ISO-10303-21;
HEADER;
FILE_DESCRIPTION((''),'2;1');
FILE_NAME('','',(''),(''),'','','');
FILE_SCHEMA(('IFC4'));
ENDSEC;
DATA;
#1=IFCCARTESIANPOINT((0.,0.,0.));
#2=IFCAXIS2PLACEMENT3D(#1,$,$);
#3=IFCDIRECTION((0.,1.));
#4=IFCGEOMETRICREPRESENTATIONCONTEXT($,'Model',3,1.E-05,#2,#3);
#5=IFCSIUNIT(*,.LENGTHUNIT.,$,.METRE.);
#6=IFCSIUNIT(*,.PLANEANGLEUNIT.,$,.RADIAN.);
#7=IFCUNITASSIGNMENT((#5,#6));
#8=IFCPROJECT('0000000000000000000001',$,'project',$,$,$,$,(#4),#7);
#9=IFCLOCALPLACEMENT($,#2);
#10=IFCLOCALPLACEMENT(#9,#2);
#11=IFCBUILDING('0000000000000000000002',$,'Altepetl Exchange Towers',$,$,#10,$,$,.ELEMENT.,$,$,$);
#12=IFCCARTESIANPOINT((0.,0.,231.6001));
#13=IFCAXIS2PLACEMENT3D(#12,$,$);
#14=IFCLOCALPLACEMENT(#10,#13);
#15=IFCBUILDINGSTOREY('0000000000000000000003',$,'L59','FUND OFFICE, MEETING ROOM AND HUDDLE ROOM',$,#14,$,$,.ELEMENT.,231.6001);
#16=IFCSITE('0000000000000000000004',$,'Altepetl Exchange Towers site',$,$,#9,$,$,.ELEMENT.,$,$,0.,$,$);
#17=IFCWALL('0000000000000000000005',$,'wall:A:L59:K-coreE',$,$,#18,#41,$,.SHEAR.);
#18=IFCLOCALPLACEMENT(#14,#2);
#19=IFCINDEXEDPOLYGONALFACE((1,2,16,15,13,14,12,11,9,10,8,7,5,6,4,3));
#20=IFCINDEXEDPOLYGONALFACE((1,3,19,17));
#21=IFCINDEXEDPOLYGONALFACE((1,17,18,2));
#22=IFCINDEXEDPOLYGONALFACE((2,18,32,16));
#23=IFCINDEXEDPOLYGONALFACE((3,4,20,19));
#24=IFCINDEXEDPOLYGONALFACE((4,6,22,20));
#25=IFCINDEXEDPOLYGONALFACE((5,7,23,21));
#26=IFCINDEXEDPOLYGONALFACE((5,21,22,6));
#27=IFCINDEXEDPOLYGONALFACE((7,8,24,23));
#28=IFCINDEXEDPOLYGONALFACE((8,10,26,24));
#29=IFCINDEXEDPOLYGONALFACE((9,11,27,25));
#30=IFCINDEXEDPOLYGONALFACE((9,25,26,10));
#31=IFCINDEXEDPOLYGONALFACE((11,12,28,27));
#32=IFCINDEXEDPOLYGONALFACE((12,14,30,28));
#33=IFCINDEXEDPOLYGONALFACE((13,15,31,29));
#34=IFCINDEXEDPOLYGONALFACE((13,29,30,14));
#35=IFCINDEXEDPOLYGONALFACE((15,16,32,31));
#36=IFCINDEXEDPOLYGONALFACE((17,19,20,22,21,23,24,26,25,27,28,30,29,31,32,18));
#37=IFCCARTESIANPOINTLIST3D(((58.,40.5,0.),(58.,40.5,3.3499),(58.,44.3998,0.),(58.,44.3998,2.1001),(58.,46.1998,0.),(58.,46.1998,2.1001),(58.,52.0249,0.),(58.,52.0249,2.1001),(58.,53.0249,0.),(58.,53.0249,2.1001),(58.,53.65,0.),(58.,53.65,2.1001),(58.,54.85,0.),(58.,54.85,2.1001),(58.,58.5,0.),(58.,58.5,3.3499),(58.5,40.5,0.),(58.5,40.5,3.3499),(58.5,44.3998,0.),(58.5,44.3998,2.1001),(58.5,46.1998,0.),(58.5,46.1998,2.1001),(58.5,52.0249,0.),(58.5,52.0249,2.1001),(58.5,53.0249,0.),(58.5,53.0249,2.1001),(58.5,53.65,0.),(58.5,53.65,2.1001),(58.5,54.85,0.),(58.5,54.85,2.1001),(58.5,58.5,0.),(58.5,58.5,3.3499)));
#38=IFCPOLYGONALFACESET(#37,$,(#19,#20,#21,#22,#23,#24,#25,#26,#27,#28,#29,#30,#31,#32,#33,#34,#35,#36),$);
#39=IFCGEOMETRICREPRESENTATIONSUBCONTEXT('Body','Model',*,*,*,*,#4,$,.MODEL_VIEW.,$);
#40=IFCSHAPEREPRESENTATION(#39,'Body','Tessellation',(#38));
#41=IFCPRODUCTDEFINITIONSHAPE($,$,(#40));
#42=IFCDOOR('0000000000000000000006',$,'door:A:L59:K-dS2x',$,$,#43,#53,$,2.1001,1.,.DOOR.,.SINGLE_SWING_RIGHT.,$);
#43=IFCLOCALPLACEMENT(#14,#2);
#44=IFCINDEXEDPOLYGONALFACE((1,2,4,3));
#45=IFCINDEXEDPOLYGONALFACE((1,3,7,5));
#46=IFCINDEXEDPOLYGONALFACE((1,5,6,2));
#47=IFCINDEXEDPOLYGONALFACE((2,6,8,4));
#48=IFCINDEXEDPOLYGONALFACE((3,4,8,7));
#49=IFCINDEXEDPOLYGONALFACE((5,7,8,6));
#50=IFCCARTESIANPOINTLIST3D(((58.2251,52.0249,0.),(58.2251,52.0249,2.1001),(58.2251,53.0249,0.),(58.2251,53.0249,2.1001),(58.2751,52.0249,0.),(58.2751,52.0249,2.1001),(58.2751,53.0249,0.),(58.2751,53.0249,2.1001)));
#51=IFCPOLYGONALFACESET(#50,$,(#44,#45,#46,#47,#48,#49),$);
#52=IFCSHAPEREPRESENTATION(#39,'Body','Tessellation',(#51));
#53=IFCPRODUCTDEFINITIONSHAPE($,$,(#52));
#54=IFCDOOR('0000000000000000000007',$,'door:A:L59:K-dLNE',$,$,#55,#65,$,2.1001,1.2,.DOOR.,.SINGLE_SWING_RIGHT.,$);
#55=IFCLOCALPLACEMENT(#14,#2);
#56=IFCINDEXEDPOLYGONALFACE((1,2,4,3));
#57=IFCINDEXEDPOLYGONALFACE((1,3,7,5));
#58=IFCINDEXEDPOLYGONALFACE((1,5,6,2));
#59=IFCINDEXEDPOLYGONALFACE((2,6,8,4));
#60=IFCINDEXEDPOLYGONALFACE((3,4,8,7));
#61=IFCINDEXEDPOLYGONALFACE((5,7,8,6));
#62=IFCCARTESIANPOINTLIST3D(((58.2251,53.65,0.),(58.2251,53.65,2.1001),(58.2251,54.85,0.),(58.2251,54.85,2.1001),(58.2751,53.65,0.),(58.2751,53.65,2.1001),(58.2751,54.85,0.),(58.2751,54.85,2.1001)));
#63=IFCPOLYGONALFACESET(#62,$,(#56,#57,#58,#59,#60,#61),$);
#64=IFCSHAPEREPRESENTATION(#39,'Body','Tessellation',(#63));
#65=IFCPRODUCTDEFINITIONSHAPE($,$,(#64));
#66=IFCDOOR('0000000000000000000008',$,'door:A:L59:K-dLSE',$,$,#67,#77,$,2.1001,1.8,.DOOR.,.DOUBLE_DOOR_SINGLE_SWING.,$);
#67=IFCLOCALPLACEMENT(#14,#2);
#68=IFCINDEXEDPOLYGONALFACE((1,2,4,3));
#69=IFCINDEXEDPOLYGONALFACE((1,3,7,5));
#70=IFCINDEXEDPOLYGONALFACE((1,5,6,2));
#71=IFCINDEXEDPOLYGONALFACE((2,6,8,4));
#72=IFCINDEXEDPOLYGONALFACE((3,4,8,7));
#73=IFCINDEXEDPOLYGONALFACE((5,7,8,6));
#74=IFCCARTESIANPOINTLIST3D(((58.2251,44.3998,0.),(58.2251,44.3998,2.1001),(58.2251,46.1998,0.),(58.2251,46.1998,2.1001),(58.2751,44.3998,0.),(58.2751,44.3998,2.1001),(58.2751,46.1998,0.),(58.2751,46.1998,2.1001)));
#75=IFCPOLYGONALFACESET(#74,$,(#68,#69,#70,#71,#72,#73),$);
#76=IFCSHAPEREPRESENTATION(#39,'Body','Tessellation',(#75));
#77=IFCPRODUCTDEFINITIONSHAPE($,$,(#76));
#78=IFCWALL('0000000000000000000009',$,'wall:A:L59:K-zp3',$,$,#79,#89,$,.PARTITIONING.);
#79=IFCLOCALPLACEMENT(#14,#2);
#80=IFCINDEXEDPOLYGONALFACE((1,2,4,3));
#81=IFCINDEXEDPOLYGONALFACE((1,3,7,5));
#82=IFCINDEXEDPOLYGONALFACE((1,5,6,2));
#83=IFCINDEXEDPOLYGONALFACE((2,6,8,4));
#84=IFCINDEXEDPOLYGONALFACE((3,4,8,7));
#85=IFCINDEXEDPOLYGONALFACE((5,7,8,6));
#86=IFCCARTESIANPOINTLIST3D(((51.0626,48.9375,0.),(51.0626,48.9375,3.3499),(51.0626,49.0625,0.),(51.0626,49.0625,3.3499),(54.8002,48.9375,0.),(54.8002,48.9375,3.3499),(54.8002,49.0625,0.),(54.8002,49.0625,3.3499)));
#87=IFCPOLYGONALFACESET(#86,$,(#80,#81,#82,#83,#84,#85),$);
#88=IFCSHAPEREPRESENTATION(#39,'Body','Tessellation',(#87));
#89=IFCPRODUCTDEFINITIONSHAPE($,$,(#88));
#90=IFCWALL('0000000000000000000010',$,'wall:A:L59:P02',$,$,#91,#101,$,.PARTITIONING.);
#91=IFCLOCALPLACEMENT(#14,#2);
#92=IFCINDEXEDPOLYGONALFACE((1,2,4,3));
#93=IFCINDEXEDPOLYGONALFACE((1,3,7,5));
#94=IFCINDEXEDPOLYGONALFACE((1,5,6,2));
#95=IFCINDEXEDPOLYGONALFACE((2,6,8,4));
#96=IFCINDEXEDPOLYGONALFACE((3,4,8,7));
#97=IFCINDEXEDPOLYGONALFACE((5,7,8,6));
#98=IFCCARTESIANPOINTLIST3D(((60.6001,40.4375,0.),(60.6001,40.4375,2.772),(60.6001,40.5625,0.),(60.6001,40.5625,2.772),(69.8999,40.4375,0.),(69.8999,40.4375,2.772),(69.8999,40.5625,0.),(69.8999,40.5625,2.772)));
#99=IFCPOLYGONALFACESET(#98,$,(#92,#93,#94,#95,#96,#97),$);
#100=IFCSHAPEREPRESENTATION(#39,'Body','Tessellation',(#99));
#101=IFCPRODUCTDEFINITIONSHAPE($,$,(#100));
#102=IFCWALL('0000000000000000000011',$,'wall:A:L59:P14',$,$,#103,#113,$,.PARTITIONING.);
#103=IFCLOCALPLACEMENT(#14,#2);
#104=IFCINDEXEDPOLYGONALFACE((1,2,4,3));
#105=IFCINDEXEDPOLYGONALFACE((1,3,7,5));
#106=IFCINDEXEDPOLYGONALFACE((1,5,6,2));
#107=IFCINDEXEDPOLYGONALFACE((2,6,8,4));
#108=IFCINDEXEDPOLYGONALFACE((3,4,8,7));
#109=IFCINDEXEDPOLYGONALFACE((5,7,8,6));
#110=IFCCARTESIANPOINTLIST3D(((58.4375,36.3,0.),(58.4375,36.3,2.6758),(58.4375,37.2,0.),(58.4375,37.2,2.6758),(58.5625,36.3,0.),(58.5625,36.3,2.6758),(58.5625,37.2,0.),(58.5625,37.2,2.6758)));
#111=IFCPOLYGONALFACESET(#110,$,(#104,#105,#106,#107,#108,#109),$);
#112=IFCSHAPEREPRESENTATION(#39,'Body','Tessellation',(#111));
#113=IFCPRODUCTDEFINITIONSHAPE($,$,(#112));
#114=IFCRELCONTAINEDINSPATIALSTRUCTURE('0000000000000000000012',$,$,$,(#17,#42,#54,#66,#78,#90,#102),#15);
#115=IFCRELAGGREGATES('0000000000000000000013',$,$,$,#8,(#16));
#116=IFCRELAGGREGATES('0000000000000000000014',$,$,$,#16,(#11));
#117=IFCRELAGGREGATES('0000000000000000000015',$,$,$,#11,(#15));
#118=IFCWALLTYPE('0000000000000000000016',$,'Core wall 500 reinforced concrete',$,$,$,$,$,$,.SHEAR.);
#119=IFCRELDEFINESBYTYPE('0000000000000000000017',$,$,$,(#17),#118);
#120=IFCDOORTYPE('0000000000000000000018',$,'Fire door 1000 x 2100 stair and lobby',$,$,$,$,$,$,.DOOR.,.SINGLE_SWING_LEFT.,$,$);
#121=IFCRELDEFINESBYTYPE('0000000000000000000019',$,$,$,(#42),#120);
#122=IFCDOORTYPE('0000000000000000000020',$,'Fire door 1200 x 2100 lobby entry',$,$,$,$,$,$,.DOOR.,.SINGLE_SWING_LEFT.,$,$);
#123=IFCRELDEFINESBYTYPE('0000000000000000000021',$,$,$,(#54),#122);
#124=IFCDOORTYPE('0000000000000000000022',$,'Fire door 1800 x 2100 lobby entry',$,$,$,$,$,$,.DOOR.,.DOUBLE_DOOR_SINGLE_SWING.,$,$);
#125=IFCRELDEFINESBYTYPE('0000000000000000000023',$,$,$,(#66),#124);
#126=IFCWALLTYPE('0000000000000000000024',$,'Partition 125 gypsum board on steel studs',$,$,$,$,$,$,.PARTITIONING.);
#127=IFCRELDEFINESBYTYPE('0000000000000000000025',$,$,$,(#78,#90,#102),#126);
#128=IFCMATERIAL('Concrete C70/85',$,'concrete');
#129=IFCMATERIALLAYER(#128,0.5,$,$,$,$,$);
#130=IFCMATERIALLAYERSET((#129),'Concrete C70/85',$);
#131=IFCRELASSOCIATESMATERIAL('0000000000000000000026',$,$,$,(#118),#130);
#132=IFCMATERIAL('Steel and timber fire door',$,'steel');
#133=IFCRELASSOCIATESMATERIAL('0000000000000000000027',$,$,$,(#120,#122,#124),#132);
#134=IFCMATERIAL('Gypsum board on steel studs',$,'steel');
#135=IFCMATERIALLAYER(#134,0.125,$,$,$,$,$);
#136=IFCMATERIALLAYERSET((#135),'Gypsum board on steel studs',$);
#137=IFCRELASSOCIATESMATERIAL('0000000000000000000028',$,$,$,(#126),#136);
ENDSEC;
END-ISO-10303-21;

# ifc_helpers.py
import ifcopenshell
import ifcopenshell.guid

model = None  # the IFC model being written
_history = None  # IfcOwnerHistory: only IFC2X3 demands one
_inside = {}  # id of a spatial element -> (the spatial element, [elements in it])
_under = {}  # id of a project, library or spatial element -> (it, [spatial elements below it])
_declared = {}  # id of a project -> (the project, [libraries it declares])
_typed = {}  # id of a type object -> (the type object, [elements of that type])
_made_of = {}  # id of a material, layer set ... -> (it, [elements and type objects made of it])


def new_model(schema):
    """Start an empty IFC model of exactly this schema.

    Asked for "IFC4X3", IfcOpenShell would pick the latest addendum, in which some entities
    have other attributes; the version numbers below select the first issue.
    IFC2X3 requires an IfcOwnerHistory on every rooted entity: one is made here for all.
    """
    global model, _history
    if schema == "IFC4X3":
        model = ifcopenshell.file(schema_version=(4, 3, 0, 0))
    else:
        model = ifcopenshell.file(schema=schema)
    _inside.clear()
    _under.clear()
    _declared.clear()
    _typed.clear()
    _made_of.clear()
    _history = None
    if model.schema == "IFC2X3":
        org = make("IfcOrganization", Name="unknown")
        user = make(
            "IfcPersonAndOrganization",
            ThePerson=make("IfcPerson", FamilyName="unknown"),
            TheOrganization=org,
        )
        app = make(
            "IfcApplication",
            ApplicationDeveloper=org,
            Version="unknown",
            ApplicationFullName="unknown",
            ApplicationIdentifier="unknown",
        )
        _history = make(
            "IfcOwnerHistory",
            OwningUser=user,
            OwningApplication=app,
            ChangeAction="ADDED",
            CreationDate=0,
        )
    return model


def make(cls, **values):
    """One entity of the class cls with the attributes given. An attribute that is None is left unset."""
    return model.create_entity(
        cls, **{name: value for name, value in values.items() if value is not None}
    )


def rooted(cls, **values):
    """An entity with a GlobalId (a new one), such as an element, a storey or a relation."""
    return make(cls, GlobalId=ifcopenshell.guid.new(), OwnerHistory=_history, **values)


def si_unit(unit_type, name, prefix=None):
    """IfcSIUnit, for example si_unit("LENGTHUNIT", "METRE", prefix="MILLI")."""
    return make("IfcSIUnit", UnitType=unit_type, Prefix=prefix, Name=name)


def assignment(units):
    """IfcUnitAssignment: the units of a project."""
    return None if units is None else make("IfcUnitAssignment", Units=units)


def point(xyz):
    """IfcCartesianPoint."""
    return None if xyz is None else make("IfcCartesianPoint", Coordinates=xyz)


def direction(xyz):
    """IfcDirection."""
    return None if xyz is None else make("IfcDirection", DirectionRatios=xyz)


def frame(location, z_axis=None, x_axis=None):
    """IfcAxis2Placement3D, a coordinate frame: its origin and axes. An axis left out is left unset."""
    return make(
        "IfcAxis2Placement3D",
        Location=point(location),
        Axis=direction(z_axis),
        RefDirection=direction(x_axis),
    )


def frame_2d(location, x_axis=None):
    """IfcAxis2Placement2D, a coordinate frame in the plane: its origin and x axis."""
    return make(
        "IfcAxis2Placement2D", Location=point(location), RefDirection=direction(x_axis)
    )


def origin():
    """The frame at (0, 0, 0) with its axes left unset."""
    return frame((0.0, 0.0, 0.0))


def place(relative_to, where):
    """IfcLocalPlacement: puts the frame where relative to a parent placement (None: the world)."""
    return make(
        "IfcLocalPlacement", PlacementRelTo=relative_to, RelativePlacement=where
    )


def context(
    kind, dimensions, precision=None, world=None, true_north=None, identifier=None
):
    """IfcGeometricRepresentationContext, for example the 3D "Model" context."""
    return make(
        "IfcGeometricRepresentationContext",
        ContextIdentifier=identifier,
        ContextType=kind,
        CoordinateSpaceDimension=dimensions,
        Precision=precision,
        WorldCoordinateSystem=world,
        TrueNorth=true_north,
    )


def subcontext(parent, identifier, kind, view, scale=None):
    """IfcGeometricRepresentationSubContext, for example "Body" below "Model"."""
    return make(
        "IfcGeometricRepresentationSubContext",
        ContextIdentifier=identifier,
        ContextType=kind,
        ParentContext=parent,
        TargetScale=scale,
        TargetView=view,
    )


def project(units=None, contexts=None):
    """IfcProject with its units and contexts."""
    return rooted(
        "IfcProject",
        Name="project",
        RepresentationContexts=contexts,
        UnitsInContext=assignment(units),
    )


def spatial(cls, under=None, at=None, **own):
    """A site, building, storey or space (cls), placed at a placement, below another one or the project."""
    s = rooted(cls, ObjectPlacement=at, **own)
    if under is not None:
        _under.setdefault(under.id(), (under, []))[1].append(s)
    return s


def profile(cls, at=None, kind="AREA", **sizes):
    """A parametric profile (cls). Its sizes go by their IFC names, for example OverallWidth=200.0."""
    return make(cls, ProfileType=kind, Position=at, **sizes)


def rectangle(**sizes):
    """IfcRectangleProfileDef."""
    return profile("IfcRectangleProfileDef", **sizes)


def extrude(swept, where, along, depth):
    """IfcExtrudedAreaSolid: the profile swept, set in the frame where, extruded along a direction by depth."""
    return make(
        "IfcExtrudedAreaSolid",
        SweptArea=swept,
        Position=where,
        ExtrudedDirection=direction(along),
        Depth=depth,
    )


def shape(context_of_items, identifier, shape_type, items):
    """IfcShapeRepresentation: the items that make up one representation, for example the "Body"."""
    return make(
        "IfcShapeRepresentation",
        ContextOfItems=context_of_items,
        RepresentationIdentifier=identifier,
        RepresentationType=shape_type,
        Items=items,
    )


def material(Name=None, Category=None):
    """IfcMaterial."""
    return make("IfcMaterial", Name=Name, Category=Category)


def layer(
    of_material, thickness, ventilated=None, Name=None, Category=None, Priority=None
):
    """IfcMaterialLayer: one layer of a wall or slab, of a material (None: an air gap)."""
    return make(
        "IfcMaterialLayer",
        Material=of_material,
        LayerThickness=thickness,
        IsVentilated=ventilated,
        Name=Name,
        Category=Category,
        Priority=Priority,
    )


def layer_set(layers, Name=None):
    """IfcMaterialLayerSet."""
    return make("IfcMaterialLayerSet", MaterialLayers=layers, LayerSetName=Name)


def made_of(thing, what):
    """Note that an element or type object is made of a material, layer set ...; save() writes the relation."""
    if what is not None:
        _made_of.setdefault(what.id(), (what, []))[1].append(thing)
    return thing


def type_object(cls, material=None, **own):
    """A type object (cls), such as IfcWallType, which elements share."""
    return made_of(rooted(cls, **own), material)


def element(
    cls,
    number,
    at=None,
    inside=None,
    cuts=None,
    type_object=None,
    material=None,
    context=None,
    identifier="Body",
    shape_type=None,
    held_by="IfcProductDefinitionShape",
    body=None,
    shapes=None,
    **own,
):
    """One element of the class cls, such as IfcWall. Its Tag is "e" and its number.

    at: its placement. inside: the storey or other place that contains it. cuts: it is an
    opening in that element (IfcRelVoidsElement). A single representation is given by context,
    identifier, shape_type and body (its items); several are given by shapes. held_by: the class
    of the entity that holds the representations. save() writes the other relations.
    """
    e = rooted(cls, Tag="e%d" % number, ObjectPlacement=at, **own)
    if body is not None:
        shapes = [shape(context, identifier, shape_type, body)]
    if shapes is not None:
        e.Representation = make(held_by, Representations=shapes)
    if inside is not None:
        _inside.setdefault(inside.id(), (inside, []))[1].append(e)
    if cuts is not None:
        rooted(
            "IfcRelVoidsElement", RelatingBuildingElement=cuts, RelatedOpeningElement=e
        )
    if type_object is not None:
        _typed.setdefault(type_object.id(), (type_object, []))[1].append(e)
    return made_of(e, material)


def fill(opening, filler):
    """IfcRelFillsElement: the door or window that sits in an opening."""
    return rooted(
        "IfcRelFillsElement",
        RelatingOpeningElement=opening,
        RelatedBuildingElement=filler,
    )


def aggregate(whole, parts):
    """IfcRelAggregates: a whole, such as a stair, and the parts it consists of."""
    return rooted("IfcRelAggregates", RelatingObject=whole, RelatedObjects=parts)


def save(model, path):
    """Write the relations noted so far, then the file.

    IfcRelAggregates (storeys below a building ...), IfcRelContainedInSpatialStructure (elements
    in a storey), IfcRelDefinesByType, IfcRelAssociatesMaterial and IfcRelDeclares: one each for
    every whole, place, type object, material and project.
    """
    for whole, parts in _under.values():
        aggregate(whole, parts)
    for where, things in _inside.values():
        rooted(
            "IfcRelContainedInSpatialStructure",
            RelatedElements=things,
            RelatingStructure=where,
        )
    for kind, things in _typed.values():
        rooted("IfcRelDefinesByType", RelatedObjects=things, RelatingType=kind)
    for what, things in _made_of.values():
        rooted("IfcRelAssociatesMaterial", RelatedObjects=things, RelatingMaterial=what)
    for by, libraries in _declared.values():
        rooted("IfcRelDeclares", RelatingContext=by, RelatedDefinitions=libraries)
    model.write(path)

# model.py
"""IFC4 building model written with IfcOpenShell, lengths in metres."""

from ifc_helpers import new_model, si_unit, direction, frame, frame_2d, origin, place, context, subcontext, project, spatial, rectangle, extrude, material, layer, layer_set, type_object, element, fill, save


model = new_model("IFC4")

# Units and contexts
model_context = context("Model", 3, precision=1e-05, world=origin(), true_north=direction((0.0, 1.0)))
body_context = subcontext(model_context, "Body", "Model", "MODEL_VIEW")
ifc_project = project(units=[si_unit("LENGTHUNIT", "METRE"), si_unit("PLANEANGLEUNIT", "RADIAN")], contexts=[model_context])

# Site, building, storey
site_placement = place(None, origin())
site = spatial("IfcSite", under=ifc_project, at=site_placement, Name="Altepetl Exchange Towers site", CompositionType="ELEMENT", RefElevation=0.0)
building_placement = place(site_placement, origin())
building = spatial("IfcBuilding", under=site, at=building_placement, Name="Altepetl Exchange Towers", CompositionType="ELEMENT")
storey_placement = place(building_placement, frame((0.0, 0.0, 231.6001)))
storey = spatial("IfcBuildingStorey", under=building, at=storey_placement, Name="L59", Description="FUND OFFICE, MEETING ROOM AND HUDDLE ROOM", CompositionType="ELEMENT", Elevation=231.6001)

# Shared definitions
ifc_material_1 = material(Name="Concrete C70/85", Category="concrete")

# Wall, openings, doors
ifc_layer_1 = layer(ifc_material_1, 0.5)
ifc_layer_set_1 = layer_set([ifc_layer_1], Name="Concrete C70/85")
wall_type_1 = type_object("IfcWallType", Name="Core wall 500 reinforced concrete", PredefinedType="SHEAR", material=ifc_layer_set_1)
wall_1_placement = place(storey_placement, frame((58.25, 40.5, 0.0), z_axis=(0.0, 0.0, 1.0), x_axis=(0.0, 1.0, 0.0)))
wall_1 = element("IfcWall", 1, at=wall_1_placement, inside=storey, type_object=wall_type_1, Name="wall:A:L59:K-coreE", PredefinedType="SHEAR", context=body_context, shape_type="SweptSolid", body=[
    extrude(rectangle(XDim=18.0, YDim=0.5, at=frame_2d((9.0, 0.0))), origin(), (0.0, 0.0, 1.0), 3.3499),
])
opening_1_placement = place(wall_1_placement, frame((13.1499, 0.0, 0.0)))
opening_1 = element("IfcOpeningElement", 2, at=opening_1_placement, cuts=wall_1, PredefinedType="OPENING", context=body_context, shape_type="SweptSolid", body=[
    extrude(rectangle(XDim=1.2, YDim=2.1001, at=frame_2d((0.6001, 1.05))), frame((0.0, 0.26, 0.0), z_axis=(0.0, -1.0, 0.0), x_axis=(1.0, 0.0, 0.0)), (0.0, 0.0, 1.0), 0.52),
])
opening_2_placement = place(wall_1_placement, frame((3.8999, 0.0, 0.0)))
opening_2 = element("IfcOpeningElement", 3, at=opening_2_placement, cuts=wall_1, PredefinedType="OPENING", context=body_context, shape_type="SweptSolid", body=[
    extrude(rectangle(XDim=1.8, YDim=2.1001, at=frame_2d((0.8999, 1.05))), frame((0.0, 0.26, 0.0), z_axis=(0.0, -1.0, 0.0), x_axis=(1.0, 0.0, 0.0)), (0.0, 0.0, 1.0), 0.52),
])
opening_3_placement = place(wall_1_placement, frame((11.5249, 0.0, 0.0)))
opening_3 = element("IfcOpeningElement", 4, at=opening_3_placement, cuts=wall_1, PredefinedType="OPENING", context=body_context, shape_type="SweptSolid", body=[
    extrude(rectangle(XDim=1.0, YDim=2.1001, at=frame_2d((0.5, 1.05))), frame((0.0, 0.26, 0.0), z_axis=(0.0, -1.0, 0.0), x_axis=(1.0, 0.0, 0.0)), (0.0, 0.0, 1.0), 0.52),
])
ifc_material_2 = material(Name="Steel and timber fire door", Category="steel")
door_type_1 = type_object("IfcDoorType", Name="Fire door 1000 x 2100 stair and lobby", OperationType="SINGLE_SWING_LEFT", PredefinedType="DOOR", material=ifc_material_2)
door_1_placement = place(opening_3_placement, origin())
door_1 = element("IfcDoor", 5, at=door_1_placement, inside=storey, type_object=door_type_1, Name="door:A:L59:K-dS2x", OperationType="SINGLE_SWING_RIGHT", OverallHeight=2.1001, OverallWidth=1.0, PredefinedType="DOOR", context=body_context, shape_type="SweptSolid", body=[
    extrude(rectangle(XDim=1.0, YDim=2.1001, at=frame_2d((0.5, 1.05))), frame((0.0, 0.0249, 0.0), z_axis=(0.0, -1.0, 0.0), x_axis=(1.0, 0.0, 0.0)), (0.0, 0.0, 1.0), 0.05),
])
fill(opening_3, door_1)
door_type_2 = type_object("IfcDoorType", Name="Fire door 1200 x 2100 lobby entry", OperationType="SINGLE_SWING_LEFT", PredefinedType="DOOR", material=ifc_material_2)
door_2_placement = place(opening_1_placement, origin())
door_2 = element("IfcDoor", 6, at=door_2_placement, inside=storey, type_object=door_type_2, Name="door:A:L59:K-dLNE", OperationType="SINGLE_SWING_RIGHT", OverallHeight=2.1001, OverallWidth=1.2, PredefinedType="DOOR", context=body_context, shape_type="SweptSolid", body=[
    extrude(rectangle(XDim=1.2, YDim=2.1001, at=frame_2d((0.6001, 1.05))), frame((0.0, 0.0249, 0.0), z_axis=(0.0, -1.0, 0.0), x_axis=(1.0, 0.0, 0.0)), (0.0, 0.0, 1.0), 0.05),
])
fill(opening_1, door_2)
door_type_3 = type_object("IfcDoorType", Name="Fire door 1800 x 2100 lobby entry", OperationType="DOUBLE_DOOR_SINGLE_SWING", PredefinedType="DOOR", material=ifc_material_2)
door_3_placement = place(opening_2_placement, origin())
door_3 = element("IfcDoor", 7, at=door_3_placement, inside=storey, type_object=door_type_3, Name="door:A:L59:K-dLSE", OperationType="DOUBLE_DOOR_SINGLE_SWING", OverallHeight=2.1001, OverallWidth=1.8, PredefinedType="DOOR", context=body_context, shape_type="SweptSolid", body=[
    extrude(rectangle(XDim=1.8, YDim=2.1001, at=frame_2d((0.8999, 1.05))), frame((0.0, 0.0249, 0.0), z_axis=(0.0, -1.0, 0.0), x_axis=(1.0, 0.0, 0.0)), (0.0, 0.0, 1.0), 0.05),
])
fill(opening_2, door_3)

# Walls
ifc_material_3 = material(Name="Gypsum board on steel studs", Category="steel")
ifc_layer_2 = layer(ifc_material_3, 0.125)
ifc_layer_set_2 = layer_set([ifc_layer_2], Name="Gypsum board on steel studs")
wall_type_2 = type_object("IfcWallType", Name="Partition 125 gypsum board on steel studs", PredefinedType="PARTITIONING", material=ifc_layer_set_2)
wall_2_placement = place(storey_placement, frame((54.8, 49.0, 0.0), z_axis=(0.0, 0.0, 1.0), x_axis=(-1.0, 0.0, 0.0)))
element("IfcWall", 8, at=wall_2_placement, inside=storey, type_object=wall_type_2, Name="wall:A:L59:K-zp3", PredefinedType="PARTITIONING", context=body_context, shape_type="SweptSolid", body=[
    extrude(rectangle(XDim=3.7375, YDim=0.125, at=frame_2d((1.8687, 0.0))), origin(), (0.0, 0.0, 1.0), 3.3499),
])
wall_3_placement = place(storey_placement, frame((60.6001, 40.5, 0.0)))
element("IfcWall", 9, at=wall_3_placement, inside=storey, type_object=wall_type_2, Name="wall:A:L59:P02", PredefinedType="PARTITIONING", context=body_context, shape_type="SweptSolid", body=[
    extrude(rectangle(XDim=9.2998, YDim=0.125, at=frame_2d((4.6499, 0.0))), origin(), (0.0, 0.0, 1.0), 2.772),
])
wall_4_placement = place(storey_placement, frame((58.5, 36.3, 0.0), z_axis=(0.0, 0.0, 1.0), x_axis=(0.0, 1.0, 0.0)))
element("IfcWall", 10, at=wall_4_placement, inside=storey, type_object=wall_type_2, Name="wall:A:L59:P14", PredefinedType="PARTITIONING", context=body_context, shape_type="SweptSolid", body=[
    extrude(rectangle(XDim=0.8999, YDim=0.125, at=frame_2d((0.45, 0.0))), origin(), (0.0, 0.0, 1.0), 2.6758),
])

save(model, "model.ifc")
